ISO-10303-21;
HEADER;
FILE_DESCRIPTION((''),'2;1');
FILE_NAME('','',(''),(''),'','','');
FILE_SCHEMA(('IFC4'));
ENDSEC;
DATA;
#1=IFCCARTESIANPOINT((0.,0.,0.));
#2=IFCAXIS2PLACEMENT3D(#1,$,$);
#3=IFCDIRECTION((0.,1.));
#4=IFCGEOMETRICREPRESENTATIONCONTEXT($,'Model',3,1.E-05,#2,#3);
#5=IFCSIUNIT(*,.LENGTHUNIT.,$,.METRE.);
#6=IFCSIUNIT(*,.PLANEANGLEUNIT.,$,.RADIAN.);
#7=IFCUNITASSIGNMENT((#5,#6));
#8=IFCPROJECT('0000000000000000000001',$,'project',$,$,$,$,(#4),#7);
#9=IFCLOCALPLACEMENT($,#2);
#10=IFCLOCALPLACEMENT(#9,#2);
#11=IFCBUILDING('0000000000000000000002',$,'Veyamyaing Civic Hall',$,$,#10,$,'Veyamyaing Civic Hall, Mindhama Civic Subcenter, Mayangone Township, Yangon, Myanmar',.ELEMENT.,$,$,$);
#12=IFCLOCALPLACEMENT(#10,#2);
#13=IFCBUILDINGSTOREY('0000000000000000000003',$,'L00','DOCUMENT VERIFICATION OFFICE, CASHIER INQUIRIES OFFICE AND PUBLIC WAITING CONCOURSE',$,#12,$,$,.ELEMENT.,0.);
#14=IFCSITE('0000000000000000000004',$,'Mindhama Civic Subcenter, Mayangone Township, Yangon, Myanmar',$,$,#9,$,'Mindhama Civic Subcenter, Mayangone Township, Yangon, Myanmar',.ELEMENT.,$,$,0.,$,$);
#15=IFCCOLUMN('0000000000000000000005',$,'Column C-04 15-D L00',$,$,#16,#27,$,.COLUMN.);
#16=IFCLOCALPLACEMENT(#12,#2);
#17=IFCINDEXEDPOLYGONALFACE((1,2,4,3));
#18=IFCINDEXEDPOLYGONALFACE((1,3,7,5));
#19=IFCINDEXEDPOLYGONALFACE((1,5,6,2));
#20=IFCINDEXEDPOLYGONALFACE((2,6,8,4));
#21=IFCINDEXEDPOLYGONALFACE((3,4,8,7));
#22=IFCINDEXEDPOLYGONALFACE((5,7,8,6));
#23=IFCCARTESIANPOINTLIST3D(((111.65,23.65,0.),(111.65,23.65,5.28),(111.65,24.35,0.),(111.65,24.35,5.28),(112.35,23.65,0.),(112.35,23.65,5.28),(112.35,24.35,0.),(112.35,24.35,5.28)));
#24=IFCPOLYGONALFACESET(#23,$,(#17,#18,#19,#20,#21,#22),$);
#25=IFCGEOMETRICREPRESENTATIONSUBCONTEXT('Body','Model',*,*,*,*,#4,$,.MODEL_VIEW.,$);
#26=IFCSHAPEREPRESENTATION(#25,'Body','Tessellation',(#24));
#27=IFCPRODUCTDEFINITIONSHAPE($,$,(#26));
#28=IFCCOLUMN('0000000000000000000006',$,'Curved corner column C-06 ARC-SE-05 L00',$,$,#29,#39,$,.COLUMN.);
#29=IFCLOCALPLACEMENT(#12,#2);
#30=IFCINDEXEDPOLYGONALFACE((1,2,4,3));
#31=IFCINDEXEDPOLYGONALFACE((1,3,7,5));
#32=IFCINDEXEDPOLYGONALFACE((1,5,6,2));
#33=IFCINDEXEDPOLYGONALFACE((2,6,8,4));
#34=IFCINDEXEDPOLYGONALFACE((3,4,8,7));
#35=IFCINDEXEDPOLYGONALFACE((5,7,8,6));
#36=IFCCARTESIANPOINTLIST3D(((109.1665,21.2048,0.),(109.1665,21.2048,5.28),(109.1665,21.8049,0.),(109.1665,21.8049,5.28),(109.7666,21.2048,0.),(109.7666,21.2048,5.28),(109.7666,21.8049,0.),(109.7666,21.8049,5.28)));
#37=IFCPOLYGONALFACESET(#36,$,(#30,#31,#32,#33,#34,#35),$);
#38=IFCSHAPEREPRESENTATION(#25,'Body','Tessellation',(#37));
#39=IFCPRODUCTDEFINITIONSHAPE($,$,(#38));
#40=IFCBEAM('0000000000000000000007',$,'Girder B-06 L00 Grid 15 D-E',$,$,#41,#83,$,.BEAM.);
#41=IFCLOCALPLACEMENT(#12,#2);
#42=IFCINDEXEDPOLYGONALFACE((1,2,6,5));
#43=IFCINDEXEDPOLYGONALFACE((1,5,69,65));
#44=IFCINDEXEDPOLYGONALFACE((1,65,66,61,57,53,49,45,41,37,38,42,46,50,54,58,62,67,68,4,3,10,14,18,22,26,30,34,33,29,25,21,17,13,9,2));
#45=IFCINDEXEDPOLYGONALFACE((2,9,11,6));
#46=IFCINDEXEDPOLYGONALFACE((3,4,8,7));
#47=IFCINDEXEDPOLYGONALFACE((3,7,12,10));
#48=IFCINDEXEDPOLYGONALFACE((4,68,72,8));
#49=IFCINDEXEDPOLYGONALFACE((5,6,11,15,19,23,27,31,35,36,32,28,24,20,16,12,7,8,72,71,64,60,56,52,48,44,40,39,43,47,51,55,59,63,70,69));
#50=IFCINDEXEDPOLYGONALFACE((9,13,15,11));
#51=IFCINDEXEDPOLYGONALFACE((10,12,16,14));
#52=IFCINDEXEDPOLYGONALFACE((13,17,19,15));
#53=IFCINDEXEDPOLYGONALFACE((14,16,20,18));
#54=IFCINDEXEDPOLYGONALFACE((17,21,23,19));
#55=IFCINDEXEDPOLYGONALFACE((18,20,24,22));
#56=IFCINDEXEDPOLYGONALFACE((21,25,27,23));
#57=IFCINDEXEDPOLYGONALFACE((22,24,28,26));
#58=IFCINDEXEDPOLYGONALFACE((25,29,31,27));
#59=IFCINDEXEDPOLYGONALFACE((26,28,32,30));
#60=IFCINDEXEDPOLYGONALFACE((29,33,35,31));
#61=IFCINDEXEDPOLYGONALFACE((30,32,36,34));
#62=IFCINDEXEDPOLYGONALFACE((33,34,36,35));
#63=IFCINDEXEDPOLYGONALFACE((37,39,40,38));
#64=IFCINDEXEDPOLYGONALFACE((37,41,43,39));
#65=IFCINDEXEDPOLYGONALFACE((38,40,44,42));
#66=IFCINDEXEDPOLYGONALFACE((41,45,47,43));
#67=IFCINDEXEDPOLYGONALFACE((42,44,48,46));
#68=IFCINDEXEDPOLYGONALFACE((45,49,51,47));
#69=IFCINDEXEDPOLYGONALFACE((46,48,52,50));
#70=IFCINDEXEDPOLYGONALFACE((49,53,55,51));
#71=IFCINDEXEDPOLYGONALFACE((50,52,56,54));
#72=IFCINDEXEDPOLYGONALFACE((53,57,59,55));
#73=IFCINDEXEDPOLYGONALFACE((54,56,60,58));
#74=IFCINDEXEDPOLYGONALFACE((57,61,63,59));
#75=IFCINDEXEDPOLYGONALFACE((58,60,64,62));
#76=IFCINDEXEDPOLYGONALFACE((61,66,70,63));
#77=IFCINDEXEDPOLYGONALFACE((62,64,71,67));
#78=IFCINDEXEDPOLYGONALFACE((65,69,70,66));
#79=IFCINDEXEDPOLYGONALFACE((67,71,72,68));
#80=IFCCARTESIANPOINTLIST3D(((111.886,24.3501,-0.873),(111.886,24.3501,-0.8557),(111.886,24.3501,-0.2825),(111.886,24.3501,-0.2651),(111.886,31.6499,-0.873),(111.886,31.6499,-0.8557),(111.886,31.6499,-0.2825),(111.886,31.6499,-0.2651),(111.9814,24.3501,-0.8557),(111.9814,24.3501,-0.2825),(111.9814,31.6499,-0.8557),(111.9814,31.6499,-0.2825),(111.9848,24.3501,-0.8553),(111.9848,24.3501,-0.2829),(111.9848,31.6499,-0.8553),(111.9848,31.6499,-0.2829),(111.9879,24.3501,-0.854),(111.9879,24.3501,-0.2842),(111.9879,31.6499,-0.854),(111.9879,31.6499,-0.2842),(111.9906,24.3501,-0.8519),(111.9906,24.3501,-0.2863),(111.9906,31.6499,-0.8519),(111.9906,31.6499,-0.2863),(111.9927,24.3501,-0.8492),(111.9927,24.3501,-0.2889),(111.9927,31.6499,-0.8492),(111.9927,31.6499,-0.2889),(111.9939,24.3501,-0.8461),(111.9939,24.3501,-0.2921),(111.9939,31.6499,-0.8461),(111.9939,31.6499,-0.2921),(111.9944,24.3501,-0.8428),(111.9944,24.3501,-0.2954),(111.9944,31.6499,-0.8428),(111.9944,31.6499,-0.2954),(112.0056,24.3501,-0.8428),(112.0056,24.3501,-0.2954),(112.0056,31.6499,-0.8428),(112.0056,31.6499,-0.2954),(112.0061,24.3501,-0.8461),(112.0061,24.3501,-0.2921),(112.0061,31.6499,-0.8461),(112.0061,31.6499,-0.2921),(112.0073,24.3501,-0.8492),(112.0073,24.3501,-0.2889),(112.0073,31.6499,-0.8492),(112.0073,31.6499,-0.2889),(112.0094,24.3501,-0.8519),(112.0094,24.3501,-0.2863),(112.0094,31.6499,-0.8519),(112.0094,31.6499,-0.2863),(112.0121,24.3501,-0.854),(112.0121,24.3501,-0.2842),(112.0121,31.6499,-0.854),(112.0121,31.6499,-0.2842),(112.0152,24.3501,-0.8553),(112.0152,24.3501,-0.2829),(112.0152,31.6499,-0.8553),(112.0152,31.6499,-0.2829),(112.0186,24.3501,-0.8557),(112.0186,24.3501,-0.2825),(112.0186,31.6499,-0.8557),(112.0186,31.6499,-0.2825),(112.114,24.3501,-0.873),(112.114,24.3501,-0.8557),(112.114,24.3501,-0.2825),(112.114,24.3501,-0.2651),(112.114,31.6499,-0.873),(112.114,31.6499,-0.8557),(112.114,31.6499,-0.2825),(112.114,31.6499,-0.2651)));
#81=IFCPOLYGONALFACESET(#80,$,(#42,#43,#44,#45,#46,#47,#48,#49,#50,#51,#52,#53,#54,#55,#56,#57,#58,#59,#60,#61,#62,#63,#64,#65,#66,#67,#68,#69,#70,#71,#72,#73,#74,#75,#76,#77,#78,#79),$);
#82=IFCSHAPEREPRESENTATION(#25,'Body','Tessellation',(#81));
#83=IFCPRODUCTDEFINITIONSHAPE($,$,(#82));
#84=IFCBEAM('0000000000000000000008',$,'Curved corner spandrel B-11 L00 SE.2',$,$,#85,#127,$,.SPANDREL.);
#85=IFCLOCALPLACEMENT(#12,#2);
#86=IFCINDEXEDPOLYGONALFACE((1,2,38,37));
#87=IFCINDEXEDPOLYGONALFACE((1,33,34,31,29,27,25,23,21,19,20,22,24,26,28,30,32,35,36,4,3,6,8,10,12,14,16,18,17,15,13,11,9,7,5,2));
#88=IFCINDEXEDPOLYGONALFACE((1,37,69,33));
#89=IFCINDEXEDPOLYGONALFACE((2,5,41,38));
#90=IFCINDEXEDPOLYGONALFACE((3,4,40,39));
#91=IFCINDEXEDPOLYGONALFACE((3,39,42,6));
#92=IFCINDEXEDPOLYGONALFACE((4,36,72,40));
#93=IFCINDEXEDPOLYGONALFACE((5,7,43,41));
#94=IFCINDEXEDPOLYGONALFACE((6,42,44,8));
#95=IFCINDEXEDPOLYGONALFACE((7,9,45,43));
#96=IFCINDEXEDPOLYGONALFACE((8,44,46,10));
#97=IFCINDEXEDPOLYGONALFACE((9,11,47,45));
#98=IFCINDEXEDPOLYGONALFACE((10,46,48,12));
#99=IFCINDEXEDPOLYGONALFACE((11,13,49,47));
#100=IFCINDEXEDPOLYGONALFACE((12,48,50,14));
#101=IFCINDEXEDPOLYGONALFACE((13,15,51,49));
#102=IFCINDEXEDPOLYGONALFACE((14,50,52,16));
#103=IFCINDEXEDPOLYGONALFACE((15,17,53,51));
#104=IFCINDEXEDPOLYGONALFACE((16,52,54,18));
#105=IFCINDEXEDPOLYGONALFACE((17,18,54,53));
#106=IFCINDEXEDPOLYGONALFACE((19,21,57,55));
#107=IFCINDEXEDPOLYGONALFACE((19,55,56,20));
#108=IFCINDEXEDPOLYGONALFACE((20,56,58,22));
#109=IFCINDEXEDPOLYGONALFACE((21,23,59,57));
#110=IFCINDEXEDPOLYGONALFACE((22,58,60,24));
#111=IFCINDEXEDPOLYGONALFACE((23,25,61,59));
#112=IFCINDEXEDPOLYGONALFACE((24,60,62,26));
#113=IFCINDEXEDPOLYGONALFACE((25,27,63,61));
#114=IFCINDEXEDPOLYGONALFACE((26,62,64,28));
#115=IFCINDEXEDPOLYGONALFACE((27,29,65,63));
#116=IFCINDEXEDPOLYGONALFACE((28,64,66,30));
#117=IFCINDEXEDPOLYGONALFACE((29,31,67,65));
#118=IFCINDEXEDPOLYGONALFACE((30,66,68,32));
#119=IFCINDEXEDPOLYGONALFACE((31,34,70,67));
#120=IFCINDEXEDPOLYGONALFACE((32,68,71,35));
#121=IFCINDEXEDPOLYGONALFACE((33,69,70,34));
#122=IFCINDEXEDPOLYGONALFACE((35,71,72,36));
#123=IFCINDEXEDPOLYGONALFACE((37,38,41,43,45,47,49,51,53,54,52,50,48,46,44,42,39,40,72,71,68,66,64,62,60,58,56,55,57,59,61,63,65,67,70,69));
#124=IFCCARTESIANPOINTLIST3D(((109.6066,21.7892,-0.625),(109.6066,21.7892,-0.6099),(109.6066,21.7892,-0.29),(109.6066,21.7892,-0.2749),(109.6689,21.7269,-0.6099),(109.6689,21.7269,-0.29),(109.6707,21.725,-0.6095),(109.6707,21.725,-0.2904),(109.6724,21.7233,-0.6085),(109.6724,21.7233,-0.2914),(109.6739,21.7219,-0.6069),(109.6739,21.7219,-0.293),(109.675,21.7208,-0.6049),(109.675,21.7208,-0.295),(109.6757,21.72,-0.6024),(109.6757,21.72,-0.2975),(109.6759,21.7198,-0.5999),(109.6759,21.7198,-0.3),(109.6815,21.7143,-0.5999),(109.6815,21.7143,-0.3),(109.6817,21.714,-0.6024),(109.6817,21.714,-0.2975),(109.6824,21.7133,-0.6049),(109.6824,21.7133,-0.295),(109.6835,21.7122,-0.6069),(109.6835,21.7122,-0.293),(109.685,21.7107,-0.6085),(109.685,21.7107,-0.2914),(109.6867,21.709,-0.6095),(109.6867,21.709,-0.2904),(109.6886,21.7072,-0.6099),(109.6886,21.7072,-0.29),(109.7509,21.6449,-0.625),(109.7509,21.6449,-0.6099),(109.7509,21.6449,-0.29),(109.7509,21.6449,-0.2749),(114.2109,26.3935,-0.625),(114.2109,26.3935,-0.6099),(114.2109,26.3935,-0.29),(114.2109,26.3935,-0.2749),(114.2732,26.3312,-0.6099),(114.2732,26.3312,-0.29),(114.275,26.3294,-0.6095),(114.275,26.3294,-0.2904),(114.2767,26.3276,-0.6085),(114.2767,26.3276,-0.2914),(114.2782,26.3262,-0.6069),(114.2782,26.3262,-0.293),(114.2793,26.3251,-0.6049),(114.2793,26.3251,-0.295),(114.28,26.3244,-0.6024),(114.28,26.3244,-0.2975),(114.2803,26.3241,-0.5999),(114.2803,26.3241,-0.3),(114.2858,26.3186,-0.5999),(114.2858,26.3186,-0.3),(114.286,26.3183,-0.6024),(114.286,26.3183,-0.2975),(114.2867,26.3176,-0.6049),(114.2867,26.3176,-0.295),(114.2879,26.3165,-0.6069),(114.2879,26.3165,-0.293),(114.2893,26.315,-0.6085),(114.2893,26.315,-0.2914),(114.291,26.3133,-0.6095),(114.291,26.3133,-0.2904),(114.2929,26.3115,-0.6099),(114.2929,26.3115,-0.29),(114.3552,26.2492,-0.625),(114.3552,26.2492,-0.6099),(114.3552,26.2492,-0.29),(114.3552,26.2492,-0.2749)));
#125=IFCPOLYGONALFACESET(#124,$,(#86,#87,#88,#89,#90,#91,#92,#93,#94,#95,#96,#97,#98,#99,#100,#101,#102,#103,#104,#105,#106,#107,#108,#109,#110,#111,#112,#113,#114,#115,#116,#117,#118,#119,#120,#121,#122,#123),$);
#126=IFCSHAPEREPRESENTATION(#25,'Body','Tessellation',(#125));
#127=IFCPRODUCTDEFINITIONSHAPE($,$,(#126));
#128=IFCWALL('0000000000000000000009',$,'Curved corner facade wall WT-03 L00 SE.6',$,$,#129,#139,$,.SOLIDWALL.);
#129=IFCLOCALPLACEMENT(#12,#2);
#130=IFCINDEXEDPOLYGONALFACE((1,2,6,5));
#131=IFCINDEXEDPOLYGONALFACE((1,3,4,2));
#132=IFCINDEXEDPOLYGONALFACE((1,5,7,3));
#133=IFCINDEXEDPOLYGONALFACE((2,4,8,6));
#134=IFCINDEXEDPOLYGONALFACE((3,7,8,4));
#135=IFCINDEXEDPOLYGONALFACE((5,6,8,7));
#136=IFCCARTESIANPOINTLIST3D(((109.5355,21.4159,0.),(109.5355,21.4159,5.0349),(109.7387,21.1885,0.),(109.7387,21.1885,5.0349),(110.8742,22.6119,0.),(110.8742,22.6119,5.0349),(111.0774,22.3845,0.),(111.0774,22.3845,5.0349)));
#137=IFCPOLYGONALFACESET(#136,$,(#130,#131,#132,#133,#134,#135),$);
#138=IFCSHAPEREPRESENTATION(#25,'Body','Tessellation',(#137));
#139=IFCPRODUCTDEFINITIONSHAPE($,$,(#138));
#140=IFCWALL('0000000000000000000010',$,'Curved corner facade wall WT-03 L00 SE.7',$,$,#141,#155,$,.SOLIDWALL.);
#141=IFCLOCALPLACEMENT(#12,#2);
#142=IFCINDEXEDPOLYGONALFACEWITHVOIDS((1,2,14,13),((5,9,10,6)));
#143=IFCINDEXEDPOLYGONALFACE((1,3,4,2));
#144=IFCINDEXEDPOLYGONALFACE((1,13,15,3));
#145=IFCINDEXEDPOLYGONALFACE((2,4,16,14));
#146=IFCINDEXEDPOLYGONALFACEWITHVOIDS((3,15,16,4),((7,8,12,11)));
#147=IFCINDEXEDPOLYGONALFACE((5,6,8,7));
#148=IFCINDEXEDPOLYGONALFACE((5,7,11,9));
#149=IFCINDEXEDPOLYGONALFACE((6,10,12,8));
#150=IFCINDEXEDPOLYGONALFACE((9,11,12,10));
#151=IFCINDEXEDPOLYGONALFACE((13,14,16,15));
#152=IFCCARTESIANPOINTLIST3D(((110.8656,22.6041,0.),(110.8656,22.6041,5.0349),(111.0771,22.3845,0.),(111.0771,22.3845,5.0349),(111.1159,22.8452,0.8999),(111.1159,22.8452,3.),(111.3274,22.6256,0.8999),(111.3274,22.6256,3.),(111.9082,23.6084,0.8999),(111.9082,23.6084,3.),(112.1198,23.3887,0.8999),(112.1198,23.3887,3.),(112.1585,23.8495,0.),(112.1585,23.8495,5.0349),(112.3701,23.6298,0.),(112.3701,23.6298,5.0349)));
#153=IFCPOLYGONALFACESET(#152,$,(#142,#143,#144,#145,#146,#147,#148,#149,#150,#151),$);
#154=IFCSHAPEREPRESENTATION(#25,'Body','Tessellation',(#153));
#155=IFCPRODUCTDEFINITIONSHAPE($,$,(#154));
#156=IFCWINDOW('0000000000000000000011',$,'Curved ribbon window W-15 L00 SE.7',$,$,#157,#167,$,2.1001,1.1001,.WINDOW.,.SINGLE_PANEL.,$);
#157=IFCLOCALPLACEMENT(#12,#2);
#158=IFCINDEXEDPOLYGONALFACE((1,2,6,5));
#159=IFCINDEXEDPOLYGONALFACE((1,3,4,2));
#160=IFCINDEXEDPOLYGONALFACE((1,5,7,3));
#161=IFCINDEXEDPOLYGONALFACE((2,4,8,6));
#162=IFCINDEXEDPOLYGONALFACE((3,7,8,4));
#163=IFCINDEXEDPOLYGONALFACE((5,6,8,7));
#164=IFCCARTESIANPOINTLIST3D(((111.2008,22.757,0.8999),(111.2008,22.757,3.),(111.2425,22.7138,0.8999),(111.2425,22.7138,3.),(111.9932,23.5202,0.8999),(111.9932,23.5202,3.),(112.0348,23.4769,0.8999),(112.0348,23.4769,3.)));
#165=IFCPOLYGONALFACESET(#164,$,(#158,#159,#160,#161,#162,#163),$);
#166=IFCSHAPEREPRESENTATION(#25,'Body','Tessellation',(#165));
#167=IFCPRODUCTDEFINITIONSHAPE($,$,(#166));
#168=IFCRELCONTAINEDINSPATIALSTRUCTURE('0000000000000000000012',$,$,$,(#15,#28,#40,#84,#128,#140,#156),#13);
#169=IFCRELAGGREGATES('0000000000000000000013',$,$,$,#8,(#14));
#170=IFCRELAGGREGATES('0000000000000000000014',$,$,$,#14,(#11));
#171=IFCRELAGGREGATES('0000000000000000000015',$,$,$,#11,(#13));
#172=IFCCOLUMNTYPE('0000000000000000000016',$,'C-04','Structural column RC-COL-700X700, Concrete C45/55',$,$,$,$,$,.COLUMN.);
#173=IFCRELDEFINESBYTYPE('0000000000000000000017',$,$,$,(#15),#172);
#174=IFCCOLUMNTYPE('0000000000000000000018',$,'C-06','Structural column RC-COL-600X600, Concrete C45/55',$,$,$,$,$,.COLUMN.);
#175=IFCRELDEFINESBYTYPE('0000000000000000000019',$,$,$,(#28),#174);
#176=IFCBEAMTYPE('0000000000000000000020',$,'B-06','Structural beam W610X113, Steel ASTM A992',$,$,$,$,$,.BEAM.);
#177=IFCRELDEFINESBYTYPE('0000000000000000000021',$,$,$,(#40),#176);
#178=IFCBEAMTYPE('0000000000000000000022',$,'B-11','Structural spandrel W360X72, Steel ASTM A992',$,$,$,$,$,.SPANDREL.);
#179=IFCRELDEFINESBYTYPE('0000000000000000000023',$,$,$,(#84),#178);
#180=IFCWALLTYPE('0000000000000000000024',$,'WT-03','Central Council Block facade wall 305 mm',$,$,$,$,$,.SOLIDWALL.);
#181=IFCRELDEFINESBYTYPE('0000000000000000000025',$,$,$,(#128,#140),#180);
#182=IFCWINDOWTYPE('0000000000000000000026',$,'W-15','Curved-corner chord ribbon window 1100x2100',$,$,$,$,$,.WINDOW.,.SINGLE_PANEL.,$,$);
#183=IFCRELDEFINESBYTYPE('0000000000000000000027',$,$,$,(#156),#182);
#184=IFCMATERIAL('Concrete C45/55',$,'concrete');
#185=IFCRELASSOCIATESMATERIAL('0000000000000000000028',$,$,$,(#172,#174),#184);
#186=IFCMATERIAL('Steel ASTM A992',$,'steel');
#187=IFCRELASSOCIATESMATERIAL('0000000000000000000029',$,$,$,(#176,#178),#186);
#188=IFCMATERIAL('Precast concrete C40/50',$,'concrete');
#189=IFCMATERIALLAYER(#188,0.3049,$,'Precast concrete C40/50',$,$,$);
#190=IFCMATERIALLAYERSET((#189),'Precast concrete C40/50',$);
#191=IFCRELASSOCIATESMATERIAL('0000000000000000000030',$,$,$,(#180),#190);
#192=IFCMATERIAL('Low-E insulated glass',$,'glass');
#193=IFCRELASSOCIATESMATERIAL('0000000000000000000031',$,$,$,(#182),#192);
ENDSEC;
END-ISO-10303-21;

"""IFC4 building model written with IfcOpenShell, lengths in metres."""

from ifc_helpers import new_model, si_unit, direction, frame, frame_2d, origin, origin_2d, place, context, subcontext, project, spatial, rectangle, i_section, extrude, material, layer, layer_set, material_profile, profile_set, type_object, element, fill, save


model = new_model("IFC4")

# Units and contexts
model_context = context("Model", 3, precision=1e-05, world=origin(), true_north=direction((0.0, 1.0)))
body_context = subcontext(model_context, "Body", "Model", "MODEL_VIEW")
ifc_project = project(units=[si_unit("LENGTHUNIT", "METRE"), si_unit("PLANEANGLEUNIT", "RADIAN")], contexts=[model_context])

# Site, building, storey
site_placement = place(None, origin())
site = spatial("IfcSite", under=ifc_project, at=site_placement, Name="Mindhama Civic Subcenter, Mayangone Township, Yangon, Myanmar", LongName="Mindhama Civic Subcenter, Mayangone Township, Yangon, Myanmar", CompositionType="ELEMENT", RefElevation=0.0)
building_placement = place(site_placement, origin())
building = spatial("IfcBuilding", under=site, at=building_placement, Name="Veyamyaing Civic Hall", LongName="Veyamyaing Civic Hall, Mindhama Civic Subcenter, Mayangone Township, Yangon, Myanmar", CompositionType="ELEMENT")
storey_placement = place(building_placement, origin())
storey = spatial("IfcBuildingStorey", under=building, at=storey_placement, Name="L00", Description="DOCUMENT VERIFICATION OFFICE, CASHIER INQUIRIES OFFICE AND PUBLIC WAITING CONCOURSE", CompositionType="ELEMENT", Elevation=0.0)

# Columns
ifc_material_1 = material(Name="Concrete C45/55", Category="concrete")
ifc_material_profile_1 = material_profile(ifc_material_1, rectangle(XDim=0.7, YDim=0.7, at=origin_2d()), Name="RC-COL-700X700")
ifc_profile_set_1 = profile_set([ifc_material_profile_1], Name="Concrete C45/55")
column_type_1 = type_object("IfcColumnType", Name="C-04", Description="Structural column RC-COL-700X700, Concrete C45/55", PredefinedType="COLUMN", material=ifc_profile_set_1)
column_1_placement = place(storey_placement, frame((112.0, 24.0, 0.0), z_axis=(0.0, 0.0, 1.0), x_axis=(1.0, 0.0, 0.0)))
element("IfcColumn", 1, at=column_1_placement, inside=storey, type_object=column_type_1, Name="Column C-04 15-D L00", PredefinedType="COLUMN", context=body_context, shape_type="SweptSolid", body=[
    extrude(rectangle(XDim=0.7, YDim=0.7, at=origin_2d()), origin(), (0.0, 0.0, 1.0), 5.28),
])
ifc_material_profile_2 = material_profile(ifc_material_1, rectangle(XDim=0.6001, YDim=0.6001, at=origin_2d()), Name="RC-COL-600X600")
ifc_profile_set_2 = profile_set([ifc_material_profile_2], Name="Concrete C45/55")
column_type_2 = type_object("IfcColumnType", Name="C-06", Description="Structural column RC-COL-600X600, Concrete C45/55", PredefinedType="COLUMN", material=ifc_profile_set_2)
column_2_placement = place(storey_placement, frame((109.4666, 21.5049, 0.0), z_axis=(0.0, 0.0, 1.0), x_axis=(1.0, 0.0, 0.0)))
element("IfcColumn", 2, at=column_2_placement, inside=storey, type_object=column_type_2, Name="Curved corner column C-06 ARC-SE-05 L00", PredefinedType="COLUMN", context=body_context, shape_type="SweptSolid", body=[
    extrude(rectangle(XDim=0.6001, YDim=0.6001, at=origin_2d()), origin(), (0.0, 0.0, 1.0), 5.28),
])

# Beams
ifc_material_2 = material(Name="Steel ASTM A992", Category="steel")
ifc_material_profile_3 = material_profile(ifc_material_2, i_section(OverallWidth=0.228, OverallDepth=0.6079, WebThickness=0.0112, FlangeThickness=0.0173, FilletRadius=0.0129, at=origin_2d()), Name="W610X113")
ifc_profile_set_3 = profile_set([ifc_material_profile_3], Name="Steel ASTM A992")
beam_type_1 = type_object("IfcBeamType", Name="B-06", Description="Structural beam W610X113, Steel ASTM A992", PredefinedType="BEAM", material=ifc_profile_set_3)
beam_1_placement = place(storey_placement, frame((112.0, 24.3501, -0.5691), z_axis=(0.0, 1.0, 0.0), x_axis=(-1.0, 0.0, 0.0)))
element("IfcBeam", 3, at=beam_1_placement, inside=storey, type_object=beam_type_1, Name="Girder B-06 L00 Grid 15 D-E", PredefinedType="BEAM", context=body_context, shape_type="SweptSolid", body=[
    extrude(i_section(OverallWidth=0.228, OverallDepth=0.6079, WebThickness=0.0112, FlangeThickness=0.0173, FilletRadius=0.0129, at=origin_2d()), origin(), (0.0, 0.0, 1.0), 7.2998),
])
ifc_material_profile_4 = material_profile(ifc_material_2, i_section(OverallWidth=0.2041, OverallDepth=0.3501, WebThickness=0.0078, FlangeThickness=0.0151, FilletRadius=0.01, at=origin_2d()), Name="W360X72")
ifc_profile_set_4 = profile_set([ifc_material_profile_4], Name="Steel ASTM A992")
beam_type_2 = type_object("IfcBeamType", Name="B-11", Description="Structural spandrel W360X72, Steel ASTM A992", PredefinedType="SPANDREL", material=ifc_profile_set_4)
beam_2_placement = place(storey_placement, frame((109.6787, 21.717, -0.45), z_axis=(0.707107, 0.707107, 0.0), x_axis=(-0.707107, 0.707107, 0.0)))
element("IfcBeam", 4, at=beam_2_placement, inside=storey, type_object=beam_type_2, Name="Curved corner spandrel B-11 L00 SE.2", PredefinedType="SPANDREL", context=body_context, shape_type="SweptSolid", body=[
    extrude(i_section(OverallWidth=0.2041, OverallDepth=0.3501, WebThickness=0.0078, FlangeThickness=0.0151, FilletRadius=0.01, at=origin_2d()), origin(), (0.0, 0.0, 1.0), 6.5115),
])

# Wall
ifc_material_3 = material(Name="Precast concrete C40/50", Category="concrete")
ifc_layer_1 = layer(ifc_material_3, 0.3049, Name="Precast concrete C40/50")
ifc_layer_set_1 = layer_set([ifc_layer_1], Name="Precast concrete C40/50")
wall_type_1 = type_object("IfcWallType", Name="WT-03", Description="Central Council Block facade wall 305 mm", PredefinedType="SOLIDWALL", material=ifc_layer_set_1)
wall_1_placement = place(storey_placement, frame((109.6372, 21.3022, 0.0), z_axis=(0.0, 0.0, 1.0), x_axis=(0.745704, 0.666278, 0.0)))
element("IfcWall", 5, at=wall_1_placement, inside=storey, type_object=wall_type_1, Name="Curved corner facade wall WT-03 L00 SE.6", PredefinedType="SOLIDWALL", context=body_context, shape_type="SweptSolid", body=[
    extrude(rectangle(XDim=1.7952, YDim=0.3049, at=frame_2d((0.8975, 0.0))), origin(), (0.0, 0.0, 1.0), 5.0349),
])

# Wall, opening, window
wall_2_placement = place(storey_placement, frame((110.9714, 22.4944, 0.0), z_axis=(0.0, 0.0, 1.0), x_axis=(0.720242, 0.693723, 0.0)))
wall_2 = element("IfcWall", 6, at=wall_2_placement, inside=storey, type_object=wall_type_1, Name="Curved corner facade wall WT-03 L00 SE.7", PredefinedType="SOLIDWALL", context=body_context, shape_type="SweptSolid", body=[
    extrude(rectangle(XDim=1.7952, YDim=0.3049, at=frame_2d((0.8975, 0.0))), origin(), (0.0, 0.0, 1.0), 5.0349),
])
opening_1_placement = place(wall_2_placement, frame((0.3474, 0.0, 0.8999)))
opening_1 = element("IfcOpeningElement", 7, at=opening_1_placement, cuts=wall_2, PredefinedType="OPENING", context=body_context, shape_type="SweptSolid", body=[
    extrude(rectangle(XDim=1.1001, YDim=2.1001, at=frame_2d((0.55, 1.05))), frame((0.0, 0.1624, 0.0), z_axis=(0.0, -1.0, 0.0), x_axis=(1.0, 0.0, 0.0)), (0.0, 0.0, 1.0), 0.325),
])
ifc_material_4 = material(Name="Low-E insulated glass", Category="glass")
window_type = type_object("IfcWindowType", Name="W-15", Description="Curved-corner chord ribbon window 1100x2100", PartitioningType="SINGLE_PANEL", PredefinedType="WINDOW", material=ifc_material_4)
window_1_placement = place(opening_1_placement, origin())
window_1 = element("IfcWindow", 8, at=window_1_placement, inside=storey, type_object=window_type, Name="Curved ribbon window W-15 L00 SE.7", OverallHeight=2.1001, OverallWidth=1.1001, PartitioningType="SINGLE_PANEL", PredefinedType="WINDOW", context=body_context, shape_type="SweptSolid", body=[
    extrude(rectangle(XDim=1.1001, YDim=2.1001, at=frame_2d((0.55, 1.05))), frame((0.0, 0.03, 0.0), z_axis=(0.0, -1.0, 0.0), x_axis=(1.0, 0.0, 0.0)), (0.0, 0.0, 1.0), 0.0601),
])
fill(opening_1, window_1)

save(model, "model.ifc")
